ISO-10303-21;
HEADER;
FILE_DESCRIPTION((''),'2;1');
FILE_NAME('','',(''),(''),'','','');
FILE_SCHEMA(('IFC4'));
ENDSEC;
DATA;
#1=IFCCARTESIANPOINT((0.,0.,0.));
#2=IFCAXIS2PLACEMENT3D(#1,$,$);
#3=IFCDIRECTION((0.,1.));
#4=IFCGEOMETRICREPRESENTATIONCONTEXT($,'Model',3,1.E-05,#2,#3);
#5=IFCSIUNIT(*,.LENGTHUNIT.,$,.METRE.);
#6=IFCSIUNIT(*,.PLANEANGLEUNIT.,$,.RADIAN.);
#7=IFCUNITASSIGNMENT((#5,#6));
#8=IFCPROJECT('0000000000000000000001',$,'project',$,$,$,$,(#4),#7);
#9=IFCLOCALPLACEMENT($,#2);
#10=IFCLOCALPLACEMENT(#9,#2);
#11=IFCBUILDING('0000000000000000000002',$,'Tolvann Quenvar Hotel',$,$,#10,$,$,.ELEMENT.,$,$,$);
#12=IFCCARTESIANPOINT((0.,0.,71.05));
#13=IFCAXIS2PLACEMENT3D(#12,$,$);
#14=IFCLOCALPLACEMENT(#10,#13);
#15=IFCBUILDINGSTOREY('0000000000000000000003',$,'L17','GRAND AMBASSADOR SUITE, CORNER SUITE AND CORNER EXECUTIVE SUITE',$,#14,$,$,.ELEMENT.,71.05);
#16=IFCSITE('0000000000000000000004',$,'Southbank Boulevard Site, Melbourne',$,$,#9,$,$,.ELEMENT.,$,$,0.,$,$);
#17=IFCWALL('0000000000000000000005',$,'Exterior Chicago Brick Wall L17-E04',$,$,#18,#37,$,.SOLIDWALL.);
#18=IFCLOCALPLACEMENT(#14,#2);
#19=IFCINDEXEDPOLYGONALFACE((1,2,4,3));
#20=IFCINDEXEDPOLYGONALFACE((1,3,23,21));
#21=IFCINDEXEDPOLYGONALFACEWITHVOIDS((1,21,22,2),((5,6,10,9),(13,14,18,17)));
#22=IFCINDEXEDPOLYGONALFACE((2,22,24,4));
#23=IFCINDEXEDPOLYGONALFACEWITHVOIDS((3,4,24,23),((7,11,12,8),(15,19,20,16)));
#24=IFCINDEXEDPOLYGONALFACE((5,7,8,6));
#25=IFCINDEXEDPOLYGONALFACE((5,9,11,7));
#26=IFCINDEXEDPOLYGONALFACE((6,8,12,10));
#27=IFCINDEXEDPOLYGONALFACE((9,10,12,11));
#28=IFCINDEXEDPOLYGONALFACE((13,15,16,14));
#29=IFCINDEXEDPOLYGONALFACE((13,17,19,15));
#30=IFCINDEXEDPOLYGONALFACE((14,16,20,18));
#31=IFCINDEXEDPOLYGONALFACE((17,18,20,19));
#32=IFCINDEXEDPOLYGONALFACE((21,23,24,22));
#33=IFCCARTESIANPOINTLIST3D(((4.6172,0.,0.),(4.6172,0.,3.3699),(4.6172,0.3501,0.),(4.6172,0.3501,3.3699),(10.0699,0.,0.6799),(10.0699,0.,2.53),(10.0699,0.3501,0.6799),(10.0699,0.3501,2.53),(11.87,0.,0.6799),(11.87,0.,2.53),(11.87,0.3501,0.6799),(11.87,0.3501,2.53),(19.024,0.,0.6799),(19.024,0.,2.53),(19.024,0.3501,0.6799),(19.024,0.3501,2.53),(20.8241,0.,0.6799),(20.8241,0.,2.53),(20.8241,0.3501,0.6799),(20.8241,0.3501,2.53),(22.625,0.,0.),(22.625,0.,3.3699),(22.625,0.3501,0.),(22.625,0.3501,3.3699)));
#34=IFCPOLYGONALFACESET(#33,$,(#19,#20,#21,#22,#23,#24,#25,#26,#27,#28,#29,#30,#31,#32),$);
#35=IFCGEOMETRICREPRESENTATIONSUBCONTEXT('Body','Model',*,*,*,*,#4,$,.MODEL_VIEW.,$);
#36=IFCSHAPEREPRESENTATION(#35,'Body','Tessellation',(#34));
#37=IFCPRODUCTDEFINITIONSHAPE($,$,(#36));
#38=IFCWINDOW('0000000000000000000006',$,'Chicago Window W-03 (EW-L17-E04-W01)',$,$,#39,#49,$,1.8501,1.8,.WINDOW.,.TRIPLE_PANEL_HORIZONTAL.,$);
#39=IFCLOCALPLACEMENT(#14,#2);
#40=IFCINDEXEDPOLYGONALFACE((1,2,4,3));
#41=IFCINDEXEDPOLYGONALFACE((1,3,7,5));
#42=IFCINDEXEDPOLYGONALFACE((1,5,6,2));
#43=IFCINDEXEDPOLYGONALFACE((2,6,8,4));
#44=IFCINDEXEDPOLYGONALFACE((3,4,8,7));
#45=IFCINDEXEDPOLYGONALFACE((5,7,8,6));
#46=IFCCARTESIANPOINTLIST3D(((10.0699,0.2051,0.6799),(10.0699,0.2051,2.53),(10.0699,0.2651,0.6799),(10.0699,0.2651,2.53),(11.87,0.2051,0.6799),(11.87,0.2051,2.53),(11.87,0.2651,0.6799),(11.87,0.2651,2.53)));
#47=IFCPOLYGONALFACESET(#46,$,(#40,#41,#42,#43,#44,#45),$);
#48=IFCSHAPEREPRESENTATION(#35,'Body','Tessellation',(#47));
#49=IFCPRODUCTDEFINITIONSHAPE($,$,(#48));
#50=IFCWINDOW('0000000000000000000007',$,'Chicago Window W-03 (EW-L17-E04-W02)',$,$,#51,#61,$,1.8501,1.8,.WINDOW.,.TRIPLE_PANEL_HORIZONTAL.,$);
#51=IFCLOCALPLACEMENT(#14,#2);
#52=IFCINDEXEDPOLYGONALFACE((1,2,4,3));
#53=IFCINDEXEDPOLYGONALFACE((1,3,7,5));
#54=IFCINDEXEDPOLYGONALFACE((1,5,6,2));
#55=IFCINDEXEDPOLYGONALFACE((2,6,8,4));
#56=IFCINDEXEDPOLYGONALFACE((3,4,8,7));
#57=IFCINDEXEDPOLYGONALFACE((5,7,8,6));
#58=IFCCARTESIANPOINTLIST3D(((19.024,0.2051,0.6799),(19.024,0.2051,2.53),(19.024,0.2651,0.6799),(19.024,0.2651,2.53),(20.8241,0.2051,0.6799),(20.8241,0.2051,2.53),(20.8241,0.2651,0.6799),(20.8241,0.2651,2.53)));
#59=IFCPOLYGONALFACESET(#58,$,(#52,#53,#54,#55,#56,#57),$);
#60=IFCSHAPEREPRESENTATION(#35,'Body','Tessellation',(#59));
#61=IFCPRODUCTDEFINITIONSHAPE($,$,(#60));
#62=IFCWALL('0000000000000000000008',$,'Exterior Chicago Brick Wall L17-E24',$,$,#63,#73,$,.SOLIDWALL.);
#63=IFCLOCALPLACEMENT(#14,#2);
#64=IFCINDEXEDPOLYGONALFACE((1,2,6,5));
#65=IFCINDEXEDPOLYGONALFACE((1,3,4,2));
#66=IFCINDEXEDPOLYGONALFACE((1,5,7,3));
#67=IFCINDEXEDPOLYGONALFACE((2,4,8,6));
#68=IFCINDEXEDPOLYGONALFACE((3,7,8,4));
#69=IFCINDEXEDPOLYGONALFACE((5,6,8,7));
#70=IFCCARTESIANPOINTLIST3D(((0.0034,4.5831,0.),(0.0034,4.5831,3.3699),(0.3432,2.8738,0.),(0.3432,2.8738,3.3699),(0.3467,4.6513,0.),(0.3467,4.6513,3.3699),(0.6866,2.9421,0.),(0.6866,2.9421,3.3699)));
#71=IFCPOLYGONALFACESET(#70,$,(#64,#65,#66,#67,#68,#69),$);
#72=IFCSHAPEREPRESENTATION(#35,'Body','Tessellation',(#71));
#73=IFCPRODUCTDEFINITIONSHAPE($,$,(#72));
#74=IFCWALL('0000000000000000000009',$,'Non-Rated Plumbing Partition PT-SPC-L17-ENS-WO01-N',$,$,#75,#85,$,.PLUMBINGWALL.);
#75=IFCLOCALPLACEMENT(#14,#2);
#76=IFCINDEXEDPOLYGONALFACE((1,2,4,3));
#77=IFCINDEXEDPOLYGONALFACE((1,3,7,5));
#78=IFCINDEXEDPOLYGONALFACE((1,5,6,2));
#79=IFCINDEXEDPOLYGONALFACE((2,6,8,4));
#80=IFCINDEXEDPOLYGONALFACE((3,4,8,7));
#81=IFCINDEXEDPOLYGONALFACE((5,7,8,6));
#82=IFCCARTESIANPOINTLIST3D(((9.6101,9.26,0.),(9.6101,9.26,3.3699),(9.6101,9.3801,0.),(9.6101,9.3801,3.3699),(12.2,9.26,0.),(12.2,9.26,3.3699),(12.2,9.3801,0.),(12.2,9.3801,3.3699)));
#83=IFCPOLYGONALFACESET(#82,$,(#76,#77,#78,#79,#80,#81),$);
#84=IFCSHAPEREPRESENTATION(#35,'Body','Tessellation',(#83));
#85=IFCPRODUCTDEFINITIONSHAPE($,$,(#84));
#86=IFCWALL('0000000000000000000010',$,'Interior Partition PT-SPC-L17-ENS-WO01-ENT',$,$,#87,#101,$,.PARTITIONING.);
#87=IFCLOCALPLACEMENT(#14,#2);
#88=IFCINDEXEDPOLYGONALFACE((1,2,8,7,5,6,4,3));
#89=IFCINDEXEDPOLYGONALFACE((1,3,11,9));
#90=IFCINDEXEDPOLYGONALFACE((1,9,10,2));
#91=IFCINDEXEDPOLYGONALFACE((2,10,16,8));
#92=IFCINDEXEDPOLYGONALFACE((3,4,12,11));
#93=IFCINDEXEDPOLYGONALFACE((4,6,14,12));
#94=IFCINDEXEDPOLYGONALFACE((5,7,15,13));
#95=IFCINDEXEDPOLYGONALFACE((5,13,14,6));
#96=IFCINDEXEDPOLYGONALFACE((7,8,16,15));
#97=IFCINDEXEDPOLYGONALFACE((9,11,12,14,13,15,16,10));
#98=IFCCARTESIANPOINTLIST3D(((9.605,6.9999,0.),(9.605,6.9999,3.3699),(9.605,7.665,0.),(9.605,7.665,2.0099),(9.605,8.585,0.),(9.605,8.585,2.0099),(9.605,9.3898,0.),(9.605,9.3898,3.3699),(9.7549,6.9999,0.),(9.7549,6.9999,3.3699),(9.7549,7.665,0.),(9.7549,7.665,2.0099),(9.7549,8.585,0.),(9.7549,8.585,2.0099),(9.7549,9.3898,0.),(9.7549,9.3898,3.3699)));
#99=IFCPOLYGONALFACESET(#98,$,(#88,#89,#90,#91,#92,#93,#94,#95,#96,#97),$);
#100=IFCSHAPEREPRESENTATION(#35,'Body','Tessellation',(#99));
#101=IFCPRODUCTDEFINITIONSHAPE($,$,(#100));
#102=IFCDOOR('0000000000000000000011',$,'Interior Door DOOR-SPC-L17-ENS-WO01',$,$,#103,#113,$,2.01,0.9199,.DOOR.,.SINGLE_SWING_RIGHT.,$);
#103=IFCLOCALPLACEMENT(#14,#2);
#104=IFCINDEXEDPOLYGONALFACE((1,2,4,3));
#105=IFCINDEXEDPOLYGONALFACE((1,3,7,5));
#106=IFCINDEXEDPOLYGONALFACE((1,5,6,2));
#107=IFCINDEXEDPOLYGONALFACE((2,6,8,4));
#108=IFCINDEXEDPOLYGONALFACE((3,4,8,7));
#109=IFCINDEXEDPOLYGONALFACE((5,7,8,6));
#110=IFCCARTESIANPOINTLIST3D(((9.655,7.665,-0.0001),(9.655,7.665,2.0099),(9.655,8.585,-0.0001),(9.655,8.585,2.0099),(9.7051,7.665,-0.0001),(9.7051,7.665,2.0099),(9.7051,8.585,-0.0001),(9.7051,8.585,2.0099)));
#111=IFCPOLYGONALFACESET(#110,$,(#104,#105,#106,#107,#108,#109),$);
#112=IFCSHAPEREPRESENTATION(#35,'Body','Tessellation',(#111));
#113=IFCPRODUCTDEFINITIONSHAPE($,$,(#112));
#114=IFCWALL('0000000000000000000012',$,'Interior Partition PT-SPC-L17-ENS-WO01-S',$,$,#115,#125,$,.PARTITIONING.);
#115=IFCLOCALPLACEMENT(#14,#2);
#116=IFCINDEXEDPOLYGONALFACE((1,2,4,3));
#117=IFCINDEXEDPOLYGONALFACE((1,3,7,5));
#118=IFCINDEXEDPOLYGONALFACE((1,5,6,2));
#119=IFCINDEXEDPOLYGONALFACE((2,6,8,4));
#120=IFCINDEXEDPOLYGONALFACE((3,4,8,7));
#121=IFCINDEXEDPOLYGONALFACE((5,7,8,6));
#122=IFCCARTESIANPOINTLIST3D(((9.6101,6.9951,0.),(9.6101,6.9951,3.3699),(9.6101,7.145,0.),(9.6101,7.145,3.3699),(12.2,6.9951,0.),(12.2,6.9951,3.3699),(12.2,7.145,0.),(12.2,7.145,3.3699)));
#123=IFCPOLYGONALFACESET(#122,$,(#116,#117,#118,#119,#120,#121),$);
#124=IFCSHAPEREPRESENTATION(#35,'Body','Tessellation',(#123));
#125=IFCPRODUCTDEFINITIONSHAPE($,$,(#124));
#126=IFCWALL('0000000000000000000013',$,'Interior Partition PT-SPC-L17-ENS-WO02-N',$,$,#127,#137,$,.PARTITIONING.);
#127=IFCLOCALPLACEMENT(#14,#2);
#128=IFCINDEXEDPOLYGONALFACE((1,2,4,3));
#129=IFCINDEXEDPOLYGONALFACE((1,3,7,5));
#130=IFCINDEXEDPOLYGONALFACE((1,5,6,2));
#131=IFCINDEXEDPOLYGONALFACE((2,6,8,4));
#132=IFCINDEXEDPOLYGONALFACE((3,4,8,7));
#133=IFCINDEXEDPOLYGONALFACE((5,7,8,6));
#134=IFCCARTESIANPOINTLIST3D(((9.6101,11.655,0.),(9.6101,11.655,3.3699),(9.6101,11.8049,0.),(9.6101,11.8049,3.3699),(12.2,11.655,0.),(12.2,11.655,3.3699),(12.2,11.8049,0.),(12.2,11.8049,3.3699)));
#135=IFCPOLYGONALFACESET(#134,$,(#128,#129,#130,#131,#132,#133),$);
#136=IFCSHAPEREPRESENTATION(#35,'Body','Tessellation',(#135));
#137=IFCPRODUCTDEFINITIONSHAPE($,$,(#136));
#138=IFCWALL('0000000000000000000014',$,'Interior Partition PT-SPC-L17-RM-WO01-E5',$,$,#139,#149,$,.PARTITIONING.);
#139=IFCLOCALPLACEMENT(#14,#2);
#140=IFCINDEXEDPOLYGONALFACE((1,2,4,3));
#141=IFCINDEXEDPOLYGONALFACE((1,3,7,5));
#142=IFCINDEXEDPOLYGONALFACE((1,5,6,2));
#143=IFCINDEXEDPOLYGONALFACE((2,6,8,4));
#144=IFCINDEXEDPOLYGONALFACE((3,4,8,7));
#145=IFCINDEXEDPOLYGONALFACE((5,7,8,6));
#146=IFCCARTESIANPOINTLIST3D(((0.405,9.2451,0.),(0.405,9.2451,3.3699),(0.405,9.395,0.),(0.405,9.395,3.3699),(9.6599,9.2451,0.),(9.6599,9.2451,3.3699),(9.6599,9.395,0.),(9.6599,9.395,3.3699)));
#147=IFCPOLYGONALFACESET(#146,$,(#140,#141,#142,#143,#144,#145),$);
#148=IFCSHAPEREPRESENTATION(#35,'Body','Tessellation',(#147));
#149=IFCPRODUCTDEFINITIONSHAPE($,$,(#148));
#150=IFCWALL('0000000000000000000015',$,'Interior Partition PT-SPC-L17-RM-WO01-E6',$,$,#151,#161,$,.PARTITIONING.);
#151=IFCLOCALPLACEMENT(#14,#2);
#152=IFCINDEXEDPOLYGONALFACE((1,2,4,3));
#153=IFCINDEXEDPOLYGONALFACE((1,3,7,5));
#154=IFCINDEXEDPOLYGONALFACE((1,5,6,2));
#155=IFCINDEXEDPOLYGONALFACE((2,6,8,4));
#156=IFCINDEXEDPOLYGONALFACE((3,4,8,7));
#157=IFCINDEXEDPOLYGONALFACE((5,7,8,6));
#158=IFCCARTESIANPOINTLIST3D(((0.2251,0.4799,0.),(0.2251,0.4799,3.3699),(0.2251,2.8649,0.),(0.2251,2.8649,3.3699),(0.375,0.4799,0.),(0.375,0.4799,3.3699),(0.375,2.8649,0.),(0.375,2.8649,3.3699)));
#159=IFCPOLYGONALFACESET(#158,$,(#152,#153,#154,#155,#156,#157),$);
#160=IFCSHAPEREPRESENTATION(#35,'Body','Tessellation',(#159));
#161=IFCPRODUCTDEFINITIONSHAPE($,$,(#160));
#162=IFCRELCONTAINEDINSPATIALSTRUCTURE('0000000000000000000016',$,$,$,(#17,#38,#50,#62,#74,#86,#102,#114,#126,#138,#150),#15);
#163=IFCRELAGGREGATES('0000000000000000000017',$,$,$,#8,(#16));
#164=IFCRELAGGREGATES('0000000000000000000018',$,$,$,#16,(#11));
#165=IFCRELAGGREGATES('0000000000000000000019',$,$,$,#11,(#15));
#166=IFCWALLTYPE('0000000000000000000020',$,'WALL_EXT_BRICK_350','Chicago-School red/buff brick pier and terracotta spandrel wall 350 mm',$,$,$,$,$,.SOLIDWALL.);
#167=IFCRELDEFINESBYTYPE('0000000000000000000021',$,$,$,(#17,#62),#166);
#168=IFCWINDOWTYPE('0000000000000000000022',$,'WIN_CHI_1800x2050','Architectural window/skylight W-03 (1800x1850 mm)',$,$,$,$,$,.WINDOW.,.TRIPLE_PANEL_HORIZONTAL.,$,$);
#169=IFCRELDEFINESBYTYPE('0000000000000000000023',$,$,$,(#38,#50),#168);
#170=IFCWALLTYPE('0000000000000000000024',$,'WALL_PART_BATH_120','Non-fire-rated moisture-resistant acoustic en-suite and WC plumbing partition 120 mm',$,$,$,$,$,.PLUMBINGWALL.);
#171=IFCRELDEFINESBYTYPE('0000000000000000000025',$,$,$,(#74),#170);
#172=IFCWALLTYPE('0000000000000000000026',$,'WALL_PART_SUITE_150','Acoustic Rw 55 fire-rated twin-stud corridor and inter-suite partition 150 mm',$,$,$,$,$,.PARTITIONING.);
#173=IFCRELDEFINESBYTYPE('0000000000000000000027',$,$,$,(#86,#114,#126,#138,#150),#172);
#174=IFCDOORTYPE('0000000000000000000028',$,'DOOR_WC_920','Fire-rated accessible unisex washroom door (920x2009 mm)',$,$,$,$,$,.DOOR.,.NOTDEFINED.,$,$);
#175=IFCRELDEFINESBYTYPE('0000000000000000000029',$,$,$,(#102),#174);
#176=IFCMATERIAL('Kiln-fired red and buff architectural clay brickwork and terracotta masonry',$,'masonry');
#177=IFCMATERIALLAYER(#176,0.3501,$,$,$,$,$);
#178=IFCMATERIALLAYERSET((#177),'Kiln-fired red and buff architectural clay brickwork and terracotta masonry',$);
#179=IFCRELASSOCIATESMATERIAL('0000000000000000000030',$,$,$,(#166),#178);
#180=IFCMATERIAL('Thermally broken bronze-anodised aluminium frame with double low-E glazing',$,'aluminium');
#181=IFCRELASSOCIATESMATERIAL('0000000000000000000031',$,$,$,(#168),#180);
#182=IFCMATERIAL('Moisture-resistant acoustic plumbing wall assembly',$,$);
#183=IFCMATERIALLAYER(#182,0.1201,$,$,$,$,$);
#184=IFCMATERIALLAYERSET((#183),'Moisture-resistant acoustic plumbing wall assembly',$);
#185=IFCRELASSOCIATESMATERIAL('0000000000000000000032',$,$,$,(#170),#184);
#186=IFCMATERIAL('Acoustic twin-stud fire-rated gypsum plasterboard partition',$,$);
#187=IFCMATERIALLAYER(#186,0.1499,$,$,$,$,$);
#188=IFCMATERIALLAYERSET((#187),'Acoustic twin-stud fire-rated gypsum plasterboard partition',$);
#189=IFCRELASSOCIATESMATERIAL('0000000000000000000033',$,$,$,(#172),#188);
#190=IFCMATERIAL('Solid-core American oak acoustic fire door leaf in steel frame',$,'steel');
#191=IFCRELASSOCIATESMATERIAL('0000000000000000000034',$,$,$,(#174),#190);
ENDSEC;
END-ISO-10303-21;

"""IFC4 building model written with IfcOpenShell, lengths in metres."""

from ifc_helpers import new_model, si_unit, direction, frame, frame_2d, origin, place, context, subcontext, project, spatial, rectangle, extrude, source, transform, mapped, material, layer, layer_set, type_object, type_shapes, element, fill, save


model = new_model("IFC4")

# Units and contexts
model_context = context("Model", 3, precision=1e-05, world=origin(), true_north=direction((0.0, 1.0)))
body_context = subcontext(model_context, "Body", "Model", "MODEL_VIEW")
ifc_project = project(units=[si_unit("LENGTHUNIT", "METRE"), si_unit("PLANEANGLEUNIT", "RADIAN")], contexts=[model_context])

# Site, building, storey
site_placement = place(None, origin())
site = spatial("IfcSite", under=ifc_project, at=site_placement, Name="Southbank Boulevard Site, Melbourne", CompositionType="ELEMENT", RefElevation=0.0)
building_placement = place(site_placement, origin())
building = spatial("IfcBuilding", under=site, at=building_placement, Name="Tolvann Quenvar Hotel", CompositionType="ELEMENT")
storey_placement = place(building_placement, frame((0.0, 0.0, 71.05)))
storey = spatial("IfcBuildingStorey", under=building, at=storey_placement, Name="L17", Description="GRAND AMBASSADOR SUITE, CORNER SUITE AND CORNER EXECUTIVE SUITE", CompositionType="ELEMENT", Elevation=71.05)

# Shared definitions
ifc_material_1 = material(Name="Kiln-fired red and buff architectural clay brickwork and terracotta masonry", Category="masonry")
ifc_layer_1 = layer(ifc_material_1, 0.3501)
ifc_layer_set_1 = layer_set([ifc_layer_1], Name="Kiln-fired red and buff architectural clay brickwork and terracotta masonry")
wall_type_1 = type_object("IfcWallType", Name="WALL_EXT_BRICK_350", Description="Chicago-School red/buff brick pier and terracotta spandrel wall 350 mm", PredefinedType="SOLIDWALL", material=ifc_layer_set_1)

# Wall, openings, windows
wall_1_placement = place(storey_placement, frame((4.6172, 0.175, 0.0), z_axis=(0.0, 0.0, 1.0), x_axis=(1.0, 0.0, 0.0)))
wall_1 = element("IfcWall", 1, at=wall_1_placement, inside=storey, type_object=wall_type_1, Name="Exterior Chicago Brick Wall L17-E04", PredefinedType="SOLIDWALL", context=body_context, shape_type="SweptSolid", body=[
    extrude(rectangle(XDim=18.0078, YDim=0.3501, at=frame_2d((9.0039, 0.0))), origin(), (0.0, 0.0, 1.0), 3.3699),
])
opening_1_placement = place(wall_1_placement, frame((5.4529, 0.0, 0.6799)))
opening_1 = element("IfcOpeningElement", 2, at=opening_1_placement, cuts=wall_1, PredefinedType="OPENING", context=body_context, shape_type="SweptSolid", body=[
    extrude(rectangle(XDim=1.8, YDim=1.8501, at=frame_2d((0.8999, 0.925))), frame((0.0, 0.1851, 0.0), z_axis=(0.0, -1.0, 0.0), x_axis=(1.0, 0.0, 0.0)), (0.0, 0.0, 1.0), 0.3701),
])
opening_2_placement = place(wall_1_placement, frame((14.407, 0.0, 0.6799)))
opening_2 = element("IfcOpeningElement", 3, at=opening_2_placement, cuts=wall_1, PredefinedType="OPENING", context=body_context, shape_type="SweptSolid", body=[
    extrude(rectangle(XDim=1.8, YDim=1.8501, at=frame_2d((0.8999, 0.925))), frame((0.0, 0.1851, 0.0), z_axis=(0.0, -1.0, 0.0), x_axis=(1.0, 0.0, 0.0)), (0.0, 0.0, 1.0), 0.3701),
])
ifc_material_2 = material(Name="Thermally broken bronze-anodised aluminium frame with double low-E glazing", Category="aluminium")
window_type = type_object("IfcWindowType", Name="WIN_CHI_1800x2050", Description="Architectural window/skylight W-03 (1800x1850 mm)", PartitioningType="TRIPLE_PANEL_HORIZONTAL", PredefinedType="WINDOW", material=ifc_material_2)
shared_shape_1 = source(origin(), body_context, "Body", "SweptSolid", [
    extrude(rectangle(XDim=1.8, YDim=1.8501, at=frame_2d((0.8999, 0.925))), frame((0.0, 0.0901, 0.0), z_axis=(0.0, -1.0, 0.0), x_axis=(1.0, 0.0, 0.0)), (0.0, 0.0, 1.0), 0.0601),
])
type_shapes(window_type, [shared_shape_1])
window_1_placement = place(opening_1_placement, origin())
window_1 = element("IfcWindow", 4, at=window_1_placement, inside=storey, type_object=window_type, Name="Chicago Window W-03 (EW-L17-E04-W01)", OverallHeight=1.8501, OverallWidth=1.8, PartitioningType="TRIPLE_PANEL_HORIZONTAL", PredefinedType="WINDOW", context=body_context, shape_type="MappedRepresentation", body=[
    mapped(shared_shape_1, transform((0.0, 0.0, 0.0), x_axis=(1.0, 0.0, 0.0), y_axis=(0.0, 1.0, 0.0), z_axis=(0.0, 0.0, 1.0), scale=1.0)),
])
fill(opening_1, window_1)
window_2_placement = place(opening_2_placement, origin())
window_2 = element("IfcWindow", 5, at=window_2_placement, inside=storey, type_object=window_type, Name="Chicago Window W-03 (EW-L17-E04-W02)", OverallHeight=1.8501, OverallWidth=1.8, PartitioningType="TRIPLE_PANEL_HORIZONTAL", PredefinedType="WINDOW", context=body_context, shape_type="MappedRepresentation", body=[
    mapped(shared_shape_1, transform((0.0, 0.0, 0.0), x_axis=(1.0, 0.0, 0.0), y_axis=(0.0, 1.0, 0.0), z_axis=(0.0, 0.0, 1.0), scale=1.0)),
])
fill(opening_2, window_2)

# Walls
wall_2_placement = place(storey_placement, frame((0.175, 4.6172, 0.0), z_axis=(0.0, 0.0, 1.0), x_axis=(0.195011, -0.980801, 0.0)))
element("IfcWall", 6, at=wall_2_placement, inside=storey, type_object=wall_type_1, Name="Exterior Chicago Brick Wall L17-E24", PredefinedType="SOLIDWALL", context=body_context, shape_type="SweptSolid", body=[
    extrude(rectangle(XDim=1.7427, YDim=0.3501, at=frame_2d((0.8713, 0.0))), origin(), (0.0, 0.0, 1.0), 3.3699),
])
ifc_material_3 = material(Name="Moisture-resistant acoustic plumbing wall assembly")
ifc_layer_2 = layer(ifc_material_3, 0.1201)
ifc_layer_set_2 = layer_set([ifc_layer_2], Name="Moisture-resistant acoustic plumbing wall assembly")
wall_type_2 = type_object("IfcWallType", Name="WALL_PART_BATH_120", Description="Non-fire-rated moisture-resistant acoustic en-suite and WC plumbing partition 120 mm", PredefinedType="PLUMBINGWALL", material=ifc_layer_set_2)
wall_3_placement = place(storey_placement, frame((9.6101, 9.3201, 0.0), z_axis=(0.0, 0.0, 1.0), x_axis=(1.0, 0.0, 0.0)))
element("IfcWall", 7, at=wall_3_placement, inside=storey, type_object=wall_type_2, Name="Non-Rated Plumbing Partition PT-SPC-L17-ENS-WO01-N", PredefinedType="PLUMBINGWALL", context=body_context, shape_type="SweptSolid", body=[
    extrude(rectangle(XDim=2.5898, YDim=0.1201, at=frame_2d((1.2949, 0.0))), origin(), (0.0, 0.0, 1.0), 3.3699),
])

# Wall, opening, door
ifc_material_4 = material(Name="Acoustic twin-stud fire-rated gypsum plasterboard partition")
ifc_layer_3 = layer(ifc_material_4, 0.1499)
ifc_layer_set_3 = layer_set([ifc_layer_3], Name="Acoustic twin-stud fire-rated gypsum plasterboard partition")
wall_type_3 = type_object("IfcWallType", Name="WALL_PART_SUITE_150", Description="Acoustic Rw 55 fire-rated twin-stud corridor and inter-suite partition 150 mm", PredefinedType="PARTITIONING", material=ifc_layer_set_3)
wall_4_placement = place(storey_placement, frame((9.6799, 7.0, 0.0), z_axis=(0.0, 0.0, 1.0), x_axis=(0.0, 1.0, 0.0)))
wall_4 = element("IfcWall", 8, at=wall_4_placement, inside=storey, type_object=wall_type_3, Name="Interior Partition PT-SPC-L17-ENS-WO01-ENT", PredefinedType="PARTITIONING", context=body_context, shape_type="SweptSolid", body=[
    extrude(rectangle(XDim=2.3899, YDim=0.1499, at=frame_2d((1.1948, 0.0))), origin(), (0.0, 0.0, 1.0), 3.3699),
])
opening_3_placement = place(wall_4_placement, frame((0.665, 0.0, 0.0)))
opening_3 = element("IfcOpeningElement", 9, at=opening_3_placement, cuts=wall_4, PredefinedType="OPENING", context=body_context, shape_type="SweptSolid", body=[
    extrude(rectangle(XDim=0.9199, YDim=2.01, at=frame_2d((0.46, 1.0049))), frame((0.0, 0.085, 0.0), z_axis=(0.0, -1.0, 0.0), x_axis=(1.0, 0.0, 0.0)), (0.0, 0.0, 1.0), 0.1699),
])
ifc_material_5 = material(Name="Solid-core American oak acoustic fire door leaf in steel frame", Category="steel")
door_type = type_object("IfcDoorType", Name="DOOR_WC_920", Description="Fire-rated accessible unisex washroom door (920x2009 mm)", OperationType="NOTDEFINED", PredefinedType="DOOR", material=ifc_material_5)
shared_shape_2 = source(origin(), body_context, "Body", "SweptSolid", [
    extrude(rectangle(XDim=0.9199, YDim=2.01, at=frame_2d((0.46, 1.0049))), frame((0.0, 0.0249, 0.0), z_axis=(0.0, -1.0, 0.0), x_axis=(1.0, 0.0, 0.0)), (0.0, 0.0, 1.0), 0.05),
])
type_shapes(door_type, [shared_shape_2])
door_placement = place(opening_3_placement, origin())
door = element("IfcDoor", 10, at=door_placement, inside=storey, type_object=door_type, Name="Interior Door DOOR-SPC-L17-ENS-WO01", OperationType="SINGLE_SWING_RIGHT", OverallHeight=2.01, OverallWidth=0.9199, PredefinedType="DOOR", context=body_context, shape_type="MappedRepresentation", body=[
    mapped(shared_shape_2, transform((0.0, 0.0, 0.0), x_axis=(1.0, 0.0, 0.0), y_axis=(0.0, 1.0, 0.0), z_axis=(0.0, 0.0, 1.0), scale=1.0)),
])
fill(opening_3, door)

# Walls
for number, where, z_axis, x_axis, name in (
    (11, (9.6101, 7.0701, 0.0), (0.0, 0.0, 1.0), (1.0, 0.0, 0.0), "Interior Partition PT-SPC-L17-ENS-WO01-S"),
    (12, (9.6101, 11.73, 0.0), (0.0, 0.0, 1.0), (1.0, 0.0, 0.0), "Interior Partition PT-SPC-L17-ENS-WO02-N"),
):
    element("IfcWall", number, at=place(storey_placement, frame(where, z_axis=z_axis, x_axis=x_axis)), inside=storey, type_object=wall_type_3, Name=name, PredefinedType="PARTITIONING", context=body_context, shape_type="SweptSolid", body=[
        extrude(rectangle(XDim=2.5898, YDim=0.1499, at=frame_2d((1.2949, 0.0))), origin(), (0.0, 0.0, 1.0), 3.3699),
    ])
wall_5_placement = place(storey_placement, frame((0.405, 9.3201, 0.0), z_axis=(0.0, 0.0, 1.0), x_axis=(1.0, 0.0, 0.0)))
element("IfcWall", 13, at=wall_5_placement, inside=storey, type_object=wall_type_3, Name="Interior Partition PT-SPC-L17-RM-WO01-E5", PredefinedType="PARTITIONING", context=body_context, shape_type="SweptSolid", body=[
    extrude(rectangle(XDim=9.2549, YDim=0.1499, at=frame_2d((4.6274, 0.0))), origin(), (0.0, 0.0, 1.0), 3.3699),
])
wall_6_placement = place(storey_placement, frame((0.3, 0.48, 0.0), z_axis=(0.0, 0.0, 1.0), x_axis=(0.0, 1.0, 0.0)))
element("IfcWall", 14, at=wall_6_placement, inside=storey, type_object=wall_type_3, Name="Interior Partition PT-SPC-L17-RM-WO01-E6", PredefinedType="PARTITIONING", context=body_context, shape_type="SweptSolid", body=[
    extrude(rectangle(XDim=2.385, YDim=0.1499, at=frame_2d((1.1924, 0.0))), origin(), (0.0, 0.0, 1.0), 3.3699),
])

save(model, "model.ifc")
